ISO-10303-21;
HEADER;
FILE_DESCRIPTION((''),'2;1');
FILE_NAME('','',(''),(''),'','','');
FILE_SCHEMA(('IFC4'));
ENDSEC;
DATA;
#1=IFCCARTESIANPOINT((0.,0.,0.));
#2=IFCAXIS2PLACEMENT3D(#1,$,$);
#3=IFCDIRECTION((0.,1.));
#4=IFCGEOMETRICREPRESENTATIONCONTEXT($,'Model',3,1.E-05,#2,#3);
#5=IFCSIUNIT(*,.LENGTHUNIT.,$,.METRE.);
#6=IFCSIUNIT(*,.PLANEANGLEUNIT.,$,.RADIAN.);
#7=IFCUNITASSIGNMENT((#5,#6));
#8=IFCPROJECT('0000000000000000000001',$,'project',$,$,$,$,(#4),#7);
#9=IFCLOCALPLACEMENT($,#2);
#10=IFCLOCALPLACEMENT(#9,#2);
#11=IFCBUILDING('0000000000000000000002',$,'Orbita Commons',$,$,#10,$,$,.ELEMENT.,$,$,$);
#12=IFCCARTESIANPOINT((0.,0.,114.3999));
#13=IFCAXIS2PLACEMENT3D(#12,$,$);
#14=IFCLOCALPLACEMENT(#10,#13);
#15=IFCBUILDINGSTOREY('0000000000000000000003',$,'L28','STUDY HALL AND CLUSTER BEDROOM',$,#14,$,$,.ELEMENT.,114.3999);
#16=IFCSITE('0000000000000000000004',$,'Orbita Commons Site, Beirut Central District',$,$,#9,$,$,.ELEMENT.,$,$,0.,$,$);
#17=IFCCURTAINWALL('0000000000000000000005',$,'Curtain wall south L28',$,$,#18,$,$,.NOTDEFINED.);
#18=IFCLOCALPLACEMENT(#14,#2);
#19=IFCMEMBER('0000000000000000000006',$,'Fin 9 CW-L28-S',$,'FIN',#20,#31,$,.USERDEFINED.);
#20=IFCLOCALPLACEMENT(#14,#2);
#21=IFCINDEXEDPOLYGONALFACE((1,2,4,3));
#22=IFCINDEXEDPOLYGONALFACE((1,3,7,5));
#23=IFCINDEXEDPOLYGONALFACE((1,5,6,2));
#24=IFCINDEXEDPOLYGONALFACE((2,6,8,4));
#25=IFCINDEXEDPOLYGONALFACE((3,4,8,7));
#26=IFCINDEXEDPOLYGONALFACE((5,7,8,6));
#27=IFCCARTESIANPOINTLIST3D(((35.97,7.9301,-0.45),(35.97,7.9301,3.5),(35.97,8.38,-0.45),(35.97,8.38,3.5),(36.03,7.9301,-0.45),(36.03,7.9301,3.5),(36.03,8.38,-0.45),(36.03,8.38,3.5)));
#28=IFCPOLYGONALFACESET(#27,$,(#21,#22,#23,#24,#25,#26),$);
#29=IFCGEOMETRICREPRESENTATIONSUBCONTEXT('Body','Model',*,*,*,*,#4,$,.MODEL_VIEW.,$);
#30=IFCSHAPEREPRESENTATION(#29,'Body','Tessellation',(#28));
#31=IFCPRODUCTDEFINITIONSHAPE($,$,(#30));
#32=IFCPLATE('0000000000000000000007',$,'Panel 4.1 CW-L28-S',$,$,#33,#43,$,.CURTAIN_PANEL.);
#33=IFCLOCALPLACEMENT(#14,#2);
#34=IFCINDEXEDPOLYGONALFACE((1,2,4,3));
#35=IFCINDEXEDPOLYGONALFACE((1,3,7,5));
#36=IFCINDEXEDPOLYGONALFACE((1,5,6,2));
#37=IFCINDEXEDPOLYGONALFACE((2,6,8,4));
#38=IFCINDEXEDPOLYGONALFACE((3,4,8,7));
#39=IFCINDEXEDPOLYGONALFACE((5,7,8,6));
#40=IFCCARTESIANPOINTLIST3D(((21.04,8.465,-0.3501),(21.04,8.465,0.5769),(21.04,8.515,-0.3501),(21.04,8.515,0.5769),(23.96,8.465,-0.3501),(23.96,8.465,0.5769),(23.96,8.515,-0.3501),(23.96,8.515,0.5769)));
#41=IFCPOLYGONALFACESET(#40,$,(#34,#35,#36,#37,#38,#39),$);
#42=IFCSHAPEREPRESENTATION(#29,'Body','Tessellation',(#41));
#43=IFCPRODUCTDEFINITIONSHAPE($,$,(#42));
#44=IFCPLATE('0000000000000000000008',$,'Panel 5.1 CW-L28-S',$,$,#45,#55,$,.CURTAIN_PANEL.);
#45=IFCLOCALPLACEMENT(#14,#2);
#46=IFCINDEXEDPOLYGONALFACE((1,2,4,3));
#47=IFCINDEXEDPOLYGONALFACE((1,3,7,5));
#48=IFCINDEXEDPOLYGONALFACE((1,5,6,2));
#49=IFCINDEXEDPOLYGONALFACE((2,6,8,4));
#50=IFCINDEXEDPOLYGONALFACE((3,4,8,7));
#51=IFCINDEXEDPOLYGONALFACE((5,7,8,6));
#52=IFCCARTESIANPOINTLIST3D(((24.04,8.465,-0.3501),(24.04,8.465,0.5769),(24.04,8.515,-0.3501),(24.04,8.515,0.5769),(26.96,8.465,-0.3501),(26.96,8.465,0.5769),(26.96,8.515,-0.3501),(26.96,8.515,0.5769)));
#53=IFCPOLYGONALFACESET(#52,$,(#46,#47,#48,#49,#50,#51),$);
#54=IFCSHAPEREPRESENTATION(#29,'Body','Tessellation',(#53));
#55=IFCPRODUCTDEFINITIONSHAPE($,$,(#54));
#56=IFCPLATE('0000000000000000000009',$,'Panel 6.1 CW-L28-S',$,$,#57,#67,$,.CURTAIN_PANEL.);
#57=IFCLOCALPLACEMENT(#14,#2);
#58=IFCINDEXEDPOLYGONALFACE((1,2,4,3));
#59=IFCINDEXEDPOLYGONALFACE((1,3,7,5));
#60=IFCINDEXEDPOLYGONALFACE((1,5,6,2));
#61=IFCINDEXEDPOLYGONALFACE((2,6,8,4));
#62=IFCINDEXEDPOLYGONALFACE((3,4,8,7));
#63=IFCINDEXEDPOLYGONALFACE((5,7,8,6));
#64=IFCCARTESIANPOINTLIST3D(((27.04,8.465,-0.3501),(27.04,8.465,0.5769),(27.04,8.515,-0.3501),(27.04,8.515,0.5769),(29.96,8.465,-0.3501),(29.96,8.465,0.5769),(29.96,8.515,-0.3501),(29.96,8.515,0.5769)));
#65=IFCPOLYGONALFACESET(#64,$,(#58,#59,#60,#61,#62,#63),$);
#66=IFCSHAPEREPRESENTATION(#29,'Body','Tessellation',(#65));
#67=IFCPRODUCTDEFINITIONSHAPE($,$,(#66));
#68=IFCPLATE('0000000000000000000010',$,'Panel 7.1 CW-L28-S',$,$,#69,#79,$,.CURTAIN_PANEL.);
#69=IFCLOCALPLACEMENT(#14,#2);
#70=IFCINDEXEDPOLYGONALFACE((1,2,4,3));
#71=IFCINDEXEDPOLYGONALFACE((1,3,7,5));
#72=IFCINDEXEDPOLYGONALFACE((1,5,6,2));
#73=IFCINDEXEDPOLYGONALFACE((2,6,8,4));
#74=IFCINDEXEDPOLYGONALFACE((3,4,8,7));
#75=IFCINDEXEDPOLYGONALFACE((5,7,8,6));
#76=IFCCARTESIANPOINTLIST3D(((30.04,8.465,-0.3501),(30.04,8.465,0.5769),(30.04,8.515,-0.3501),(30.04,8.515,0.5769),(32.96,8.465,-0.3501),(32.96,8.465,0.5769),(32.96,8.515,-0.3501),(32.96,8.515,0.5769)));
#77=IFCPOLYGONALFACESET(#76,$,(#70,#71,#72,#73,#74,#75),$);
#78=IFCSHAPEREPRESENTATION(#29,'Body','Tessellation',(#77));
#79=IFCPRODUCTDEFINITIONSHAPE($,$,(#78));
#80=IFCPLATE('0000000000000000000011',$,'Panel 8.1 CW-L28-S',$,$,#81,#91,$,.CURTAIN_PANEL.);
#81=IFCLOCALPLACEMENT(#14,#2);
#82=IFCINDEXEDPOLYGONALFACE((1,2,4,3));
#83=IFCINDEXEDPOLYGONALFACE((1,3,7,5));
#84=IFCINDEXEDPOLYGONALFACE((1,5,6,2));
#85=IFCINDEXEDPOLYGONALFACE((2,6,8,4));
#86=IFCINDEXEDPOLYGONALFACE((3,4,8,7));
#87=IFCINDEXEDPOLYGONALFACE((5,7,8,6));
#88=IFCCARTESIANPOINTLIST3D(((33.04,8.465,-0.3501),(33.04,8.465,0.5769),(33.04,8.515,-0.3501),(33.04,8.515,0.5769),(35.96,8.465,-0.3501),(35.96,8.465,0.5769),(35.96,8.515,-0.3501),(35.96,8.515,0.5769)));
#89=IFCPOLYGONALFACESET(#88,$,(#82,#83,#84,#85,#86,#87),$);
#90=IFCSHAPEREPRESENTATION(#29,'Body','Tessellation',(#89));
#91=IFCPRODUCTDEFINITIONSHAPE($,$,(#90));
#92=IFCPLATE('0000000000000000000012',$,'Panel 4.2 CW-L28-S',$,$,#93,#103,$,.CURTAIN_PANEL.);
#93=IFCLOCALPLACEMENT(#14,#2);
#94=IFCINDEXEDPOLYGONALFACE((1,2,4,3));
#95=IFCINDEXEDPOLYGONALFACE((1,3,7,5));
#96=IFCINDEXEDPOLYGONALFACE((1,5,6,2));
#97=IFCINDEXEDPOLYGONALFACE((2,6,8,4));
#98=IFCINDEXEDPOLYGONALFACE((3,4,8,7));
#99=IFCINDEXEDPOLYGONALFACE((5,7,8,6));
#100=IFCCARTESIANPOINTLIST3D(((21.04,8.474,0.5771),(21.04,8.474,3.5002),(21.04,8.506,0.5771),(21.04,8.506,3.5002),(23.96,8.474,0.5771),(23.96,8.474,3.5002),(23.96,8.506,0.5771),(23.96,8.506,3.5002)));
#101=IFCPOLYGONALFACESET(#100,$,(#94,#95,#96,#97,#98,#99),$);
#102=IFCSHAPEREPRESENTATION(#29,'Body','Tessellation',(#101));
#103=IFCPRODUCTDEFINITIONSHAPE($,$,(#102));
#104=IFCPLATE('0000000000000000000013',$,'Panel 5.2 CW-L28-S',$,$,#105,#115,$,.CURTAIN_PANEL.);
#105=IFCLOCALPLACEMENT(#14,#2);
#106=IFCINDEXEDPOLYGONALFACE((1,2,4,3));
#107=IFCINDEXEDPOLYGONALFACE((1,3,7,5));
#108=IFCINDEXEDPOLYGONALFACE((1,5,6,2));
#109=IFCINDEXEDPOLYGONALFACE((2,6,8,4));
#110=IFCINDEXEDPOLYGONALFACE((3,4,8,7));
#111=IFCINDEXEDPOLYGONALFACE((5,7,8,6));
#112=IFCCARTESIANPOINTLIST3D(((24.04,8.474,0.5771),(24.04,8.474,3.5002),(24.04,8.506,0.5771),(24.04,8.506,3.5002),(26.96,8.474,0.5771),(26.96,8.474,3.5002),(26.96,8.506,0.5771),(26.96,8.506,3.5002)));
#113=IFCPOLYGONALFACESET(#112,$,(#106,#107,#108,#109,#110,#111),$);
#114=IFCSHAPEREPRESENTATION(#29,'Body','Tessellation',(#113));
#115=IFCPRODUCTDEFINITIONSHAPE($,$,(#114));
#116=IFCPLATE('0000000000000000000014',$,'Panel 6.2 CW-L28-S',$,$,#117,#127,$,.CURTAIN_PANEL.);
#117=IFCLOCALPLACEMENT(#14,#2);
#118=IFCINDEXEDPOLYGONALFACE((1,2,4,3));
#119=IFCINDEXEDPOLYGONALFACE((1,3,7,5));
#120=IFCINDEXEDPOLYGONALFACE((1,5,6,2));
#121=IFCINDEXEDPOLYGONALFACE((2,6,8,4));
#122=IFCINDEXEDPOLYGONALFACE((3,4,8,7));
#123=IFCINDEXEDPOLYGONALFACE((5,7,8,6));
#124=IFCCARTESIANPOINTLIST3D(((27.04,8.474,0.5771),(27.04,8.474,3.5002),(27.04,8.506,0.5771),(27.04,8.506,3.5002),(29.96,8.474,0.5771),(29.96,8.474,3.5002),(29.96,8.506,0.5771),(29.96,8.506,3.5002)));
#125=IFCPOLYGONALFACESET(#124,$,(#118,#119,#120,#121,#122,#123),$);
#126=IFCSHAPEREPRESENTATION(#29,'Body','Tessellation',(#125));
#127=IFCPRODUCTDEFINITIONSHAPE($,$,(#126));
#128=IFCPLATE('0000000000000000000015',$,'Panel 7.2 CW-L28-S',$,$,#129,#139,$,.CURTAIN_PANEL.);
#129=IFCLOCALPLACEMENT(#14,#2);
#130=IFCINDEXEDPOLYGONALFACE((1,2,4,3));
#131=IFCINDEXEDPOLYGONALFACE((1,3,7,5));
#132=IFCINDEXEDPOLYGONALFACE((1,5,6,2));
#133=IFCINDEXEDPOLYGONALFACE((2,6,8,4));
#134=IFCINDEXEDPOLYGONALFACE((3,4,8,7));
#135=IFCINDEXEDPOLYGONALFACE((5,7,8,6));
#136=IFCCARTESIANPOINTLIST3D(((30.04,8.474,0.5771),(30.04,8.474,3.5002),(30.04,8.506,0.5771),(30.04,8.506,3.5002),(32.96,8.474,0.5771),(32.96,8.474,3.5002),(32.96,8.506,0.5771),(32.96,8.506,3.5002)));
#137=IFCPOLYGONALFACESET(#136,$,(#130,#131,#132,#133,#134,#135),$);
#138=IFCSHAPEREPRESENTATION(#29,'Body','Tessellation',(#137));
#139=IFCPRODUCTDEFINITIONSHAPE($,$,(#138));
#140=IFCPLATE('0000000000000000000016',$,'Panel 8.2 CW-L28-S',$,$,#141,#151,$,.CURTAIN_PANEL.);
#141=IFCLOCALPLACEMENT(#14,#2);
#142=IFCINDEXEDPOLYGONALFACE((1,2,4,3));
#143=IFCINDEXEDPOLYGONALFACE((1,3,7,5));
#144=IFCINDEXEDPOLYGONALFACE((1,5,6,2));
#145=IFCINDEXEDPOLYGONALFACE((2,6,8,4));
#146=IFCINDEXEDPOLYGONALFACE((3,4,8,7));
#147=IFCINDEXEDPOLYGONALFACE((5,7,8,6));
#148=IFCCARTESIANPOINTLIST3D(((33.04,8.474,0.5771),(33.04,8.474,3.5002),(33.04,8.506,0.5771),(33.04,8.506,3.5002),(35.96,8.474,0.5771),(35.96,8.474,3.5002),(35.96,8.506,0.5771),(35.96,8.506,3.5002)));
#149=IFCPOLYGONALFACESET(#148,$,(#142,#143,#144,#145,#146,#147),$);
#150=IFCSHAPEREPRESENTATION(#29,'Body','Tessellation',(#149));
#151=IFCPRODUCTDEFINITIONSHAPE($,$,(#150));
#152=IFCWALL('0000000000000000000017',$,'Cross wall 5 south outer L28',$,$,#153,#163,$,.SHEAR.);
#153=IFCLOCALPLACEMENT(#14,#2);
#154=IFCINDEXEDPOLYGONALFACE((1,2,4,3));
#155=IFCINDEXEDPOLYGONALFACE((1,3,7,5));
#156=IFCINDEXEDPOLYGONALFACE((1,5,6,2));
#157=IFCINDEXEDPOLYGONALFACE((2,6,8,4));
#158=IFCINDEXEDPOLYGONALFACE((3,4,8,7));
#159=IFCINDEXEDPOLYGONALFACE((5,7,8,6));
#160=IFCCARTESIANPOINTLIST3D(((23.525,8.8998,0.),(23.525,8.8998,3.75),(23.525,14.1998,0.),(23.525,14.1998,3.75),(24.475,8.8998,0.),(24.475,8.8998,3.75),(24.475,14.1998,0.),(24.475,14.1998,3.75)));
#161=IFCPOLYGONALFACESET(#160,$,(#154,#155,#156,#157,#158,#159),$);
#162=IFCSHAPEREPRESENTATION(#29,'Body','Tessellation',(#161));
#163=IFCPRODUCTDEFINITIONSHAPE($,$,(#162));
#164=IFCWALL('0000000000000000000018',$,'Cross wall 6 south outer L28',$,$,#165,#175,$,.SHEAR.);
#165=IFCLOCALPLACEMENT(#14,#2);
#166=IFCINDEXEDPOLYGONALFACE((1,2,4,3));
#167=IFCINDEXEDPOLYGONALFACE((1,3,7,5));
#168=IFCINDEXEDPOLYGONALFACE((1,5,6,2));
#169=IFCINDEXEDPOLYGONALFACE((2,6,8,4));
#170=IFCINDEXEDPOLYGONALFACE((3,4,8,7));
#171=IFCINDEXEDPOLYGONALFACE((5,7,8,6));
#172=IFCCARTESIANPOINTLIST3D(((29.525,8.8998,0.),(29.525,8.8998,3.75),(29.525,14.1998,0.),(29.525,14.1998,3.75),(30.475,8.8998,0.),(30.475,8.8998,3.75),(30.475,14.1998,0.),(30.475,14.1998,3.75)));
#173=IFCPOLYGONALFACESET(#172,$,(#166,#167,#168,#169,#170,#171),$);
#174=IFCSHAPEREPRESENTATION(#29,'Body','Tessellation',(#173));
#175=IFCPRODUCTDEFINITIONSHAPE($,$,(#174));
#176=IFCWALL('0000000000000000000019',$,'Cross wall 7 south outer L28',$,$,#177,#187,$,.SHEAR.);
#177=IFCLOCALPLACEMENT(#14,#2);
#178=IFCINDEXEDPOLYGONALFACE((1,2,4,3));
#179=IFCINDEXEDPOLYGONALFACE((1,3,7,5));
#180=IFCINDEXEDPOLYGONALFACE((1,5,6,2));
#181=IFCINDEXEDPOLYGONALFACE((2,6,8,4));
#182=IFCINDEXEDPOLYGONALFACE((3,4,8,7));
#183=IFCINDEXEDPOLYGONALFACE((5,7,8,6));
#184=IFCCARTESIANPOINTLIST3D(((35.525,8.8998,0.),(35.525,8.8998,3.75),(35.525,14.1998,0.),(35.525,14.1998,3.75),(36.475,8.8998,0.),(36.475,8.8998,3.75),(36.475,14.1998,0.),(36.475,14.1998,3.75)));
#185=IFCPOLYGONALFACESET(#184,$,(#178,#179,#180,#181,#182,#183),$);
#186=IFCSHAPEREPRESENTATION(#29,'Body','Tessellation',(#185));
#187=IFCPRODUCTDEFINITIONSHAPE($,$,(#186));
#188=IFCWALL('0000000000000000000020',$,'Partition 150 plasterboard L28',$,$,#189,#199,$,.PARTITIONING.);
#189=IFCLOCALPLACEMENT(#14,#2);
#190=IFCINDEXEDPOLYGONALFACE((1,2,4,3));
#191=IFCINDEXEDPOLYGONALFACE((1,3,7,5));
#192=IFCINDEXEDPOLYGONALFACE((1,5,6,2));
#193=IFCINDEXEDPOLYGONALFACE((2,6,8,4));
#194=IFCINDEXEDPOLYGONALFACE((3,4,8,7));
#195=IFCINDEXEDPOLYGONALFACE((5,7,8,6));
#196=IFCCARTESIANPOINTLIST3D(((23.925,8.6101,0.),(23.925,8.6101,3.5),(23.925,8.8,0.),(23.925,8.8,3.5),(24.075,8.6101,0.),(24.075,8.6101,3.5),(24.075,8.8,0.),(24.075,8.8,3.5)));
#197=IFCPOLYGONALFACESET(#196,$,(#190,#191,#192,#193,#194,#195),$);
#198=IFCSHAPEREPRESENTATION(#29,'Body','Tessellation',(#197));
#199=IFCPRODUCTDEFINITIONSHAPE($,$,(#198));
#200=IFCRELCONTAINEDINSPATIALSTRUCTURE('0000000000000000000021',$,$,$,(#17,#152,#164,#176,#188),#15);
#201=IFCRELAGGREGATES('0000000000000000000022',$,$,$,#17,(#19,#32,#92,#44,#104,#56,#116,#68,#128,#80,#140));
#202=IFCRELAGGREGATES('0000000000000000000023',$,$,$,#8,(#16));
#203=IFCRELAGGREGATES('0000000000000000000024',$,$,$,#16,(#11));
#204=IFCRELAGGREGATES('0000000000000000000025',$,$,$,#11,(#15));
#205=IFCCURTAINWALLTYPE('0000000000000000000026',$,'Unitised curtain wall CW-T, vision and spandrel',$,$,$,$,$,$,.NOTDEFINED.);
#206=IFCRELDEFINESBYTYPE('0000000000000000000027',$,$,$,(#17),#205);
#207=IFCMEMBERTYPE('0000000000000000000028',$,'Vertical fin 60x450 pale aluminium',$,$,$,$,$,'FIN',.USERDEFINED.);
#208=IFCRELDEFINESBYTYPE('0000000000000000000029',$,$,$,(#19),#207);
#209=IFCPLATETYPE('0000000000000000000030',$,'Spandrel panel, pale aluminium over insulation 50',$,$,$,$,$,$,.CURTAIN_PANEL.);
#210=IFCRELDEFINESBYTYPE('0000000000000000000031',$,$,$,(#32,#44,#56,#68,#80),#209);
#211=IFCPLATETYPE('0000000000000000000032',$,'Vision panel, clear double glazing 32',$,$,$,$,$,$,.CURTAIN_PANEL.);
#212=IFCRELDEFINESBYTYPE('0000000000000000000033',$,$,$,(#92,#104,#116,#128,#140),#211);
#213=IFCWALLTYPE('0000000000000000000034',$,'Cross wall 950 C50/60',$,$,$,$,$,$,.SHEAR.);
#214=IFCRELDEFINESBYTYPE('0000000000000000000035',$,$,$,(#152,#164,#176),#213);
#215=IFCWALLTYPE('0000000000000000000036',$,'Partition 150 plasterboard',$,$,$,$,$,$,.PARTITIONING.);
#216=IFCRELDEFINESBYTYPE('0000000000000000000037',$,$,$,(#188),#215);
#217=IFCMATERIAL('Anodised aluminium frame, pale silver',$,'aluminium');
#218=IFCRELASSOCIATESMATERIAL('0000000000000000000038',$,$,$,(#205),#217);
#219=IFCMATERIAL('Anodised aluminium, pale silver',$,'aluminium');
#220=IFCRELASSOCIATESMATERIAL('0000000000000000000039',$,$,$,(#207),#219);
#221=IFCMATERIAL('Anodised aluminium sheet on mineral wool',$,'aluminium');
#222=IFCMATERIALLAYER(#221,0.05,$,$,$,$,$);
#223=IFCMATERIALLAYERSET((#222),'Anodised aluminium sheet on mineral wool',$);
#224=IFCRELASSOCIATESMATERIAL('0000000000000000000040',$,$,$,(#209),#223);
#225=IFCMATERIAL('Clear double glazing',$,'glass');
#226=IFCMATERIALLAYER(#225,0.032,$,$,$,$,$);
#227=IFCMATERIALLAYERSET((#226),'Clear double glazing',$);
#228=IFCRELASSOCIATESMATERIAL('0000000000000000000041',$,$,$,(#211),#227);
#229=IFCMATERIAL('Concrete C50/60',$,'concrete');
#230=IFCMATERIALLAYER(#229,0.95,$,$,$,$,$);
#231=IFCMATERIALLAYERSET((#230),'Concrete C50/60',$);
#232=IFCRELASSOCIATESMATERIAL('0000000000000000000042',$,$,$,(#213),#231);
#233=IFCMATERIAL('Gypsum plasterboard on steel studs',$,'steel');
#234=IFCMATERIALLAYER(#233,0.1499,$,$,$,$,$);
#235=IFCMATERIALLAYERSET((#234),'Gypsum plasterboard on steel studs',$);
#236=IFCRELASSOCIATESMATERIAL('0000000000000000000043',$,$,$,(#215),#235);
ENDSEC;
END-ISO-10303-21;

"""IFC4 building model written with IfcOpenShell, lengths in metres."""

from ifc_helpers import new_model, si_unit, direction, frame, frame_2d, origin, origin_2d, place, context, subcontext, project, spatial, rectangle, extrude, material, layer, layer_set, material_profile, profile_set, type_object, element, aggregate, save


model = new_model("IFC4")

# Units and contexts
model_context = context("Model", 3, precision=1e-05, world=origin(), true_north=direction((0.0, 1.0)))
body_context = subcontext(model_context, "Body", "Model", "MODEL_VIEW")
ifc_project = project(units=[si_unit("LENGTHUNIT", "METRE"), si_unit("PLANEANGLEUNIT", "RADIAN")], contexts=[model_context])

# Site, building, storey
site_placement = place(None, origin())
site = spatial("IfcSite", under=ifc_project, at=site_placement, Name="Orbita Commons Site, Beirut Central District", CompositionType="ELEMENT", RefElevation=0.0)
building_placement = place(site_placement, origin())
building = spatial("IfcBuilding", under=site, at=building_placement, Name="Orbita Commons", CompositionType="ELEMENT")
storey_placement = place(building_placement, frame((0.0, 0.0, 114.3999)))
storey = spatial("IfcBuildingStorey", under=building, at=storey_placement, Name="L28", Description="STUDY HALL AND CLUSTER BEDROOM", CompositionType="ELEMENT", Elevation=114.3999)

# Curtain wall
ifc_material_1 = material(Name="Anodised aluminium frame, pale silver", Category="aluminium")
curtain_wall_type = type_object("IfcCurtainWallType", Name="Unitised curtain wall CW-T, vision and spandrel", PredefinedType="NOTDEFINED", material=ifc_material_1)
curtain_wall_placement = place(storey_placement, origin())
curtain_wall = element("IfcCurtainWall", 1, at=curtain_wall_placement, inside=storey, type_object=curtain_wall_type, Name="Curtain wall south L28", PredefinedType="NOTDEFINED")

# Member
ifc_material_2 = material(Name="Anodised aluminium, pale silver", Category="aluminium")
ifc_material_profile_1 = material_profile(ifc_material_2, rectangle(XDim=0.0601, YDim=0.45, at=origin_2d()), Name="FIN 60x450")
ifc_profile_set_1 = profile_set([ifc_material_profile_1], Name="Anodised aluminium, pale silver")
member_type_1 = type_object("IfcMemberType", Name="Vertical fin 60x450 pale aluminium", ElementType="FIN", PredefinedType="USERDEFINED", material=ifc_profile_set_1)
member_1_placement = place(storey_placement, frame((36.0, 8.155, -0.45), z_axis=(0.0, 0.0, 1.0), x_axis=(1.0, 0.0, 0.0)))
member_1 = element("IfcMember", 2, at=member_1_placement, type_object=member_type_1, Name="Fin 9 CW-L28-S", ObjectType="FIN", PredefinedType="USERDEFINED", context=body_context, shape_type="SweptSolid", body=[
    extrude(rectangle(XDim=0.0601, YDim=0.45, at=origin_2d()), origin(), (0.0, 0.0, 1.0), 3.95),
])

# Plates
ifc_material_3 = material(Name="Anodised aluminium sheet on mineral wool", Category="aluminium")
ifc_layer_1 = layer(ifc_material_3, 0.05)
ifc_layer_set_1 = layer_set([ifc_layer_1], Name="Anodised aluminium sheet on mineral wool")
plate_type_1 = type_object("IfcPlateType", Name="Spandrel panel, pale aluminium over insulation 50", PredefinedType="CURTAIN_PANEL", material=ifc_layer_set_1)
plate_1_placement = place(storey_placement, frame((22.5, 8.49, -0.3501), z_axis=(0.0, 0.0, 1.0), x_axis=(1.0, 0.0, 0.0)))
plate_1 = element("IfcPlate", 3, at=plate_1_placement, type_object=plate_type_1, Name="Panel 4.1 CW-L28-S", PredefinedType="CURTAIN_PANEL", context=body_context, shape_type="SweptSolid", body=[
    extrude(rectangle(XDim=2.9199, YDim=0.05, at=origin_2d()), origin(), (0.0, 0.0, 1.0), 0.927),
])
plate_2_placement = place(storey_placement, frame((25.5, 8.49, -0.3501), z_axis=(0.0, 0.0, 1.0), x_axis=(1.0, 0.0, 0.0)))
plate_2 = element("IfcPlate", 4, at=plate_2_placement, type_object=plate_type_1, Name="Panel 5.1 CW-L28-S", PredefinedType="CURTAIN_PANEL", context=body_context, shape_type="SweptSolid", body=[
    extrude(rectangle(XDim=2.9199, YDim=0.05, at=origin_2d()), origin(), (0.0, 0.0, 1.0), 0.927),
])
plate_3_placement = place(storey_placement, frame((28.5, 8.49, -0.3501), z_axis=(0.0, 0.0, 1.0), x_axis=(1.0, 0.0, 0.0)))
plate_3 = element("IfcPlate", 5, at=plate_3_placement, type_object=plate_type_1, Name="Panel 6.1 CW-L28-S", PredefinedType="CURTAIN_PANEL", context=body_context, shape_type="SweptSolid", body=[
    extrude(rectangle(XDim=2.9199, YDim=0.05, at=origin_2d()), origin(), (0.0, 0.0, 1.0), 0.927),
])
plate_4_placement = place(storey_placement, frame((31.5, 8.49, -0.3501), z_axis=(0.0, 0.0, 1.0), x_axis=(1.0, 0.0, 0.0)))
plate_4 = element("IfcPlate", 6, at=plate_4_placement, type_object=plate_type_1, Name="Panel 7.1 CW-L28-S", PredefinedType="CURTAIN_PANEL", context=body_context, shape_type="SweptSolid", body=[
    extrude(rectangle(XDim=2.9199, YDim=0.05, at=origin_2d()), origin(), (0.0, 0.0, 1.0), 0.927),
])
plate_5_placement = place(storey_placement, frame((34.5, 8.49, -0.3501), z_axis=(0.0, 0.0, 1.0), x_axis=(1.0, 0.0, 0.0)))
plate_5 = element("IfcPlate", 7, at=plate_5_placement, type_object=plate_type_1, Name="Panel 8.1 CW-L28-S", PredefinedType="CURTAIN_PANEL", context=body_context, shape_type="SweptSolid", body=[
    extrude(rectangle(XDim=2.9199, YDim=0.05, at=origin_2d()), origin(), (0.0, 0.0, 1.0), 0.927),
])
ifc_material_4 = material(Name="Clear double glazing", Category="glass")
ifc_layer_2 = layer(ifc_material_4, 0.032)
ifc_layer_set_2 = layer_set([ifc_layer_2], Name="Clear double glazing")
plate_type_2 = type_object("IfcPlateType", Name="Vision panel, clear double glazing 32", PredefinedType="CURTAIN_PANEL", material=ifc_layer_set_2)
plate_6_placement = place(storey_placement, frame((22.5, 8.49, 0.5771), z_axis=(0.0, 0.0, 1.0), x_axis=(1.0, 0.0, 0.0)))
plate_6 = element("IfcPlate", 8, at=plate_6_placement, type_object=plate_type_2, Name="Panel 4.2 CW-L28-S", PredefinedType="CURTAIN_PANEL", context=body_context, shape_type="SweptSolid", body=[
    extrude(rectangle(XDim=2.9199, YDim=0.032, at=origin_2d()), origin(), (0.0, 0.0, 1.0), 2.9231),
])
plate_7_placement = place(storey_placement, frame((25.5, 8.49, 0.5771), z_axis=(0.0, 0.0, 1.0), x_axis=(1.0, 0.0, 0.0)))
plate_7 = element("IfcPlate", 9, at=plate_7_placement, type_object=plate_type_2, Name="Panel 5.2 CW-L28-S", PredefinedType="CURTAIN_PANEL", context=body_context, shape_type="SweptSolid", body=[
    extrude(rectangle(XDim=2.9199, YDim=0.032, at=origin_2d()), origin(), (0.0, 0.0, 1.0), 2.9231),
])
plate_8_placement = place(storey_placement, frame((28.5, 8.49, 0.5771), z_axis=(0.0, 0.0, 1.0), x_axis=(1.0, 0.0, 0.0)))
plate_8 = element("IfcPlate", 10, at=plate_8_placement, type_object=plate_type_2, Name="Panel 6.2 CW-L28-S", PredefinedType="CURTAIN_PANEL", context=body_context, shape_type="SweptSolid", body=[
    extrude(rectangle(XDim=2.9199, YDim=0.032, at=origin_2d()), origin(), (0.0, 0.0, 1.0), 2.9231),
])
plate_9_placement = place(storey_placement, frame((31.5, 8.49, 0.5771), z_axis=(0.0, 0.0, 1.0), x_axis=(1.0, 0.0, 0.0)))
plate_9 = element("IfcPlate", 11, at=plate_9_placement, type_object=plate_type_2, Name="Panel 7.2 CW-L28-S", PredefinedType="CURTAIN_PANEL", context=body_context, shape_type="SweptSolid", body=[
    extrude(rectangle(XDim=2.9199, YDim=0.032, at=origin_2d()), origin(), (0.0, 0.0, 1.0), 2.9231),
])
plate_10_placement = place(storey_placement, frame((34.5, 8.49, 0.5771), z_axis=(0.0, 0.0, 1.0), x_axis=(1.0, 0.0, 0.0)))
plate_10 = element("IfcPlate", 12, at=plate_10_placement, type_object=plate_type_2, Name="Panel 8.2 CW-L28-S", PredefinedType="CURTAIN_PANEL", context=body_context, shape_type="SweptSolid", body=[
    extrude(rectangle(XDim=2.9199, YDim=0.032, at=origin_2d()), origin(), (0.0, 0.0, 1.0), 2.9231),
])
aggregate(curtain_wall, [member_1, plate_1, plate_6, plate_2, plate_7, plate_3, plate_8, plate_4, plate_9, plate_5, plate_10])

# Walls
ifc_material_5 = material(Name="Concrete C50/60", Category="concrete")
ifc_layer_3 = layer(ifc_material_5, 0.95)
ifc_layer_set_3 = layer_set([ifc_layer_3], Name="Concrete C50/60")
wall_type_1 = type_object("IfcWallType", Name="Cross wall 950 C50/60", PredefinedType="SHEAR", material=ifc_layer_set_3)
for number, where, z_axis, x_axis, name in (
    (13, (24.0, 8.8999, 0.0), (0.0, 0.0, 1.0), (0.0, 1.0, 0.0), "Cross wall 5 south outer L28"),
    (14, (30.0, 8.8999, 0.0), (0.0, 0.0, 1.0), (0.0, 1.0, 0.0), "Cross wall 6 south outer L28"),
    (15, (36.0, 8.8999, 0.0), (0.0, 0.0, 1.0), (0.0, 1.0, 0.0), "Cross wall 7 south outer L28"),
):
    element("IfcWall", number, at=place(storey_placement, frame(where, z_axis=z_axis, x_axis=x_axis)), inside=storey, type_object=wall_type_1, Name=name, PredefinedType="SHEAR", context=body_context, shape_type="SweptSolid", body=[
        extrude(rectangle(XDim=5.3, YDim=0.95, at=frame_2d((2.6499, 0.0))), origin(), (0.0, 0.0, 1.0), 3.75),
    ])
ifc_material_6 = material(Name="Gypsum plasterboard on steel studs", Category="steel")
ifc_layer_4 = layer(ifc_material_6, 0.1499)
ifc_layer_set_4 = layer_set([ifc_layer_4], Name="Gypsum plasterboard on steel studs")
wall_type_2 = type_object("IfcWallType", Name="Partition 150 plasterboard", PredefinedType="PARTITIONING", material=ifc_layer_set_4)
for number, where, z_axis, x_axis, name in (
    (16, (24.0, 8.8, 0.0), (0.0, 0.0, 1.0), (0.0, -1.0, 0.0), "Partition 150 plasterboard L28"),
):
    element("IfcWall", number, at=place(storey_placement, frame(where, z_axis=z_axis, x_axis=x_axis)), inside=storey, type_object=wall_type_2, Name=name, PredefinedType="PARTITIONING", context=body_context, shape_type="SweptSolid", body=[
        extrude(rectangle(XDim=0.1899, YDim=0.1499, at=frame_2d((0.095, 0.0))), origin(), (0.0, 0.0, 1.0), 3.5),
    ])

save(model, "model.ifc")
